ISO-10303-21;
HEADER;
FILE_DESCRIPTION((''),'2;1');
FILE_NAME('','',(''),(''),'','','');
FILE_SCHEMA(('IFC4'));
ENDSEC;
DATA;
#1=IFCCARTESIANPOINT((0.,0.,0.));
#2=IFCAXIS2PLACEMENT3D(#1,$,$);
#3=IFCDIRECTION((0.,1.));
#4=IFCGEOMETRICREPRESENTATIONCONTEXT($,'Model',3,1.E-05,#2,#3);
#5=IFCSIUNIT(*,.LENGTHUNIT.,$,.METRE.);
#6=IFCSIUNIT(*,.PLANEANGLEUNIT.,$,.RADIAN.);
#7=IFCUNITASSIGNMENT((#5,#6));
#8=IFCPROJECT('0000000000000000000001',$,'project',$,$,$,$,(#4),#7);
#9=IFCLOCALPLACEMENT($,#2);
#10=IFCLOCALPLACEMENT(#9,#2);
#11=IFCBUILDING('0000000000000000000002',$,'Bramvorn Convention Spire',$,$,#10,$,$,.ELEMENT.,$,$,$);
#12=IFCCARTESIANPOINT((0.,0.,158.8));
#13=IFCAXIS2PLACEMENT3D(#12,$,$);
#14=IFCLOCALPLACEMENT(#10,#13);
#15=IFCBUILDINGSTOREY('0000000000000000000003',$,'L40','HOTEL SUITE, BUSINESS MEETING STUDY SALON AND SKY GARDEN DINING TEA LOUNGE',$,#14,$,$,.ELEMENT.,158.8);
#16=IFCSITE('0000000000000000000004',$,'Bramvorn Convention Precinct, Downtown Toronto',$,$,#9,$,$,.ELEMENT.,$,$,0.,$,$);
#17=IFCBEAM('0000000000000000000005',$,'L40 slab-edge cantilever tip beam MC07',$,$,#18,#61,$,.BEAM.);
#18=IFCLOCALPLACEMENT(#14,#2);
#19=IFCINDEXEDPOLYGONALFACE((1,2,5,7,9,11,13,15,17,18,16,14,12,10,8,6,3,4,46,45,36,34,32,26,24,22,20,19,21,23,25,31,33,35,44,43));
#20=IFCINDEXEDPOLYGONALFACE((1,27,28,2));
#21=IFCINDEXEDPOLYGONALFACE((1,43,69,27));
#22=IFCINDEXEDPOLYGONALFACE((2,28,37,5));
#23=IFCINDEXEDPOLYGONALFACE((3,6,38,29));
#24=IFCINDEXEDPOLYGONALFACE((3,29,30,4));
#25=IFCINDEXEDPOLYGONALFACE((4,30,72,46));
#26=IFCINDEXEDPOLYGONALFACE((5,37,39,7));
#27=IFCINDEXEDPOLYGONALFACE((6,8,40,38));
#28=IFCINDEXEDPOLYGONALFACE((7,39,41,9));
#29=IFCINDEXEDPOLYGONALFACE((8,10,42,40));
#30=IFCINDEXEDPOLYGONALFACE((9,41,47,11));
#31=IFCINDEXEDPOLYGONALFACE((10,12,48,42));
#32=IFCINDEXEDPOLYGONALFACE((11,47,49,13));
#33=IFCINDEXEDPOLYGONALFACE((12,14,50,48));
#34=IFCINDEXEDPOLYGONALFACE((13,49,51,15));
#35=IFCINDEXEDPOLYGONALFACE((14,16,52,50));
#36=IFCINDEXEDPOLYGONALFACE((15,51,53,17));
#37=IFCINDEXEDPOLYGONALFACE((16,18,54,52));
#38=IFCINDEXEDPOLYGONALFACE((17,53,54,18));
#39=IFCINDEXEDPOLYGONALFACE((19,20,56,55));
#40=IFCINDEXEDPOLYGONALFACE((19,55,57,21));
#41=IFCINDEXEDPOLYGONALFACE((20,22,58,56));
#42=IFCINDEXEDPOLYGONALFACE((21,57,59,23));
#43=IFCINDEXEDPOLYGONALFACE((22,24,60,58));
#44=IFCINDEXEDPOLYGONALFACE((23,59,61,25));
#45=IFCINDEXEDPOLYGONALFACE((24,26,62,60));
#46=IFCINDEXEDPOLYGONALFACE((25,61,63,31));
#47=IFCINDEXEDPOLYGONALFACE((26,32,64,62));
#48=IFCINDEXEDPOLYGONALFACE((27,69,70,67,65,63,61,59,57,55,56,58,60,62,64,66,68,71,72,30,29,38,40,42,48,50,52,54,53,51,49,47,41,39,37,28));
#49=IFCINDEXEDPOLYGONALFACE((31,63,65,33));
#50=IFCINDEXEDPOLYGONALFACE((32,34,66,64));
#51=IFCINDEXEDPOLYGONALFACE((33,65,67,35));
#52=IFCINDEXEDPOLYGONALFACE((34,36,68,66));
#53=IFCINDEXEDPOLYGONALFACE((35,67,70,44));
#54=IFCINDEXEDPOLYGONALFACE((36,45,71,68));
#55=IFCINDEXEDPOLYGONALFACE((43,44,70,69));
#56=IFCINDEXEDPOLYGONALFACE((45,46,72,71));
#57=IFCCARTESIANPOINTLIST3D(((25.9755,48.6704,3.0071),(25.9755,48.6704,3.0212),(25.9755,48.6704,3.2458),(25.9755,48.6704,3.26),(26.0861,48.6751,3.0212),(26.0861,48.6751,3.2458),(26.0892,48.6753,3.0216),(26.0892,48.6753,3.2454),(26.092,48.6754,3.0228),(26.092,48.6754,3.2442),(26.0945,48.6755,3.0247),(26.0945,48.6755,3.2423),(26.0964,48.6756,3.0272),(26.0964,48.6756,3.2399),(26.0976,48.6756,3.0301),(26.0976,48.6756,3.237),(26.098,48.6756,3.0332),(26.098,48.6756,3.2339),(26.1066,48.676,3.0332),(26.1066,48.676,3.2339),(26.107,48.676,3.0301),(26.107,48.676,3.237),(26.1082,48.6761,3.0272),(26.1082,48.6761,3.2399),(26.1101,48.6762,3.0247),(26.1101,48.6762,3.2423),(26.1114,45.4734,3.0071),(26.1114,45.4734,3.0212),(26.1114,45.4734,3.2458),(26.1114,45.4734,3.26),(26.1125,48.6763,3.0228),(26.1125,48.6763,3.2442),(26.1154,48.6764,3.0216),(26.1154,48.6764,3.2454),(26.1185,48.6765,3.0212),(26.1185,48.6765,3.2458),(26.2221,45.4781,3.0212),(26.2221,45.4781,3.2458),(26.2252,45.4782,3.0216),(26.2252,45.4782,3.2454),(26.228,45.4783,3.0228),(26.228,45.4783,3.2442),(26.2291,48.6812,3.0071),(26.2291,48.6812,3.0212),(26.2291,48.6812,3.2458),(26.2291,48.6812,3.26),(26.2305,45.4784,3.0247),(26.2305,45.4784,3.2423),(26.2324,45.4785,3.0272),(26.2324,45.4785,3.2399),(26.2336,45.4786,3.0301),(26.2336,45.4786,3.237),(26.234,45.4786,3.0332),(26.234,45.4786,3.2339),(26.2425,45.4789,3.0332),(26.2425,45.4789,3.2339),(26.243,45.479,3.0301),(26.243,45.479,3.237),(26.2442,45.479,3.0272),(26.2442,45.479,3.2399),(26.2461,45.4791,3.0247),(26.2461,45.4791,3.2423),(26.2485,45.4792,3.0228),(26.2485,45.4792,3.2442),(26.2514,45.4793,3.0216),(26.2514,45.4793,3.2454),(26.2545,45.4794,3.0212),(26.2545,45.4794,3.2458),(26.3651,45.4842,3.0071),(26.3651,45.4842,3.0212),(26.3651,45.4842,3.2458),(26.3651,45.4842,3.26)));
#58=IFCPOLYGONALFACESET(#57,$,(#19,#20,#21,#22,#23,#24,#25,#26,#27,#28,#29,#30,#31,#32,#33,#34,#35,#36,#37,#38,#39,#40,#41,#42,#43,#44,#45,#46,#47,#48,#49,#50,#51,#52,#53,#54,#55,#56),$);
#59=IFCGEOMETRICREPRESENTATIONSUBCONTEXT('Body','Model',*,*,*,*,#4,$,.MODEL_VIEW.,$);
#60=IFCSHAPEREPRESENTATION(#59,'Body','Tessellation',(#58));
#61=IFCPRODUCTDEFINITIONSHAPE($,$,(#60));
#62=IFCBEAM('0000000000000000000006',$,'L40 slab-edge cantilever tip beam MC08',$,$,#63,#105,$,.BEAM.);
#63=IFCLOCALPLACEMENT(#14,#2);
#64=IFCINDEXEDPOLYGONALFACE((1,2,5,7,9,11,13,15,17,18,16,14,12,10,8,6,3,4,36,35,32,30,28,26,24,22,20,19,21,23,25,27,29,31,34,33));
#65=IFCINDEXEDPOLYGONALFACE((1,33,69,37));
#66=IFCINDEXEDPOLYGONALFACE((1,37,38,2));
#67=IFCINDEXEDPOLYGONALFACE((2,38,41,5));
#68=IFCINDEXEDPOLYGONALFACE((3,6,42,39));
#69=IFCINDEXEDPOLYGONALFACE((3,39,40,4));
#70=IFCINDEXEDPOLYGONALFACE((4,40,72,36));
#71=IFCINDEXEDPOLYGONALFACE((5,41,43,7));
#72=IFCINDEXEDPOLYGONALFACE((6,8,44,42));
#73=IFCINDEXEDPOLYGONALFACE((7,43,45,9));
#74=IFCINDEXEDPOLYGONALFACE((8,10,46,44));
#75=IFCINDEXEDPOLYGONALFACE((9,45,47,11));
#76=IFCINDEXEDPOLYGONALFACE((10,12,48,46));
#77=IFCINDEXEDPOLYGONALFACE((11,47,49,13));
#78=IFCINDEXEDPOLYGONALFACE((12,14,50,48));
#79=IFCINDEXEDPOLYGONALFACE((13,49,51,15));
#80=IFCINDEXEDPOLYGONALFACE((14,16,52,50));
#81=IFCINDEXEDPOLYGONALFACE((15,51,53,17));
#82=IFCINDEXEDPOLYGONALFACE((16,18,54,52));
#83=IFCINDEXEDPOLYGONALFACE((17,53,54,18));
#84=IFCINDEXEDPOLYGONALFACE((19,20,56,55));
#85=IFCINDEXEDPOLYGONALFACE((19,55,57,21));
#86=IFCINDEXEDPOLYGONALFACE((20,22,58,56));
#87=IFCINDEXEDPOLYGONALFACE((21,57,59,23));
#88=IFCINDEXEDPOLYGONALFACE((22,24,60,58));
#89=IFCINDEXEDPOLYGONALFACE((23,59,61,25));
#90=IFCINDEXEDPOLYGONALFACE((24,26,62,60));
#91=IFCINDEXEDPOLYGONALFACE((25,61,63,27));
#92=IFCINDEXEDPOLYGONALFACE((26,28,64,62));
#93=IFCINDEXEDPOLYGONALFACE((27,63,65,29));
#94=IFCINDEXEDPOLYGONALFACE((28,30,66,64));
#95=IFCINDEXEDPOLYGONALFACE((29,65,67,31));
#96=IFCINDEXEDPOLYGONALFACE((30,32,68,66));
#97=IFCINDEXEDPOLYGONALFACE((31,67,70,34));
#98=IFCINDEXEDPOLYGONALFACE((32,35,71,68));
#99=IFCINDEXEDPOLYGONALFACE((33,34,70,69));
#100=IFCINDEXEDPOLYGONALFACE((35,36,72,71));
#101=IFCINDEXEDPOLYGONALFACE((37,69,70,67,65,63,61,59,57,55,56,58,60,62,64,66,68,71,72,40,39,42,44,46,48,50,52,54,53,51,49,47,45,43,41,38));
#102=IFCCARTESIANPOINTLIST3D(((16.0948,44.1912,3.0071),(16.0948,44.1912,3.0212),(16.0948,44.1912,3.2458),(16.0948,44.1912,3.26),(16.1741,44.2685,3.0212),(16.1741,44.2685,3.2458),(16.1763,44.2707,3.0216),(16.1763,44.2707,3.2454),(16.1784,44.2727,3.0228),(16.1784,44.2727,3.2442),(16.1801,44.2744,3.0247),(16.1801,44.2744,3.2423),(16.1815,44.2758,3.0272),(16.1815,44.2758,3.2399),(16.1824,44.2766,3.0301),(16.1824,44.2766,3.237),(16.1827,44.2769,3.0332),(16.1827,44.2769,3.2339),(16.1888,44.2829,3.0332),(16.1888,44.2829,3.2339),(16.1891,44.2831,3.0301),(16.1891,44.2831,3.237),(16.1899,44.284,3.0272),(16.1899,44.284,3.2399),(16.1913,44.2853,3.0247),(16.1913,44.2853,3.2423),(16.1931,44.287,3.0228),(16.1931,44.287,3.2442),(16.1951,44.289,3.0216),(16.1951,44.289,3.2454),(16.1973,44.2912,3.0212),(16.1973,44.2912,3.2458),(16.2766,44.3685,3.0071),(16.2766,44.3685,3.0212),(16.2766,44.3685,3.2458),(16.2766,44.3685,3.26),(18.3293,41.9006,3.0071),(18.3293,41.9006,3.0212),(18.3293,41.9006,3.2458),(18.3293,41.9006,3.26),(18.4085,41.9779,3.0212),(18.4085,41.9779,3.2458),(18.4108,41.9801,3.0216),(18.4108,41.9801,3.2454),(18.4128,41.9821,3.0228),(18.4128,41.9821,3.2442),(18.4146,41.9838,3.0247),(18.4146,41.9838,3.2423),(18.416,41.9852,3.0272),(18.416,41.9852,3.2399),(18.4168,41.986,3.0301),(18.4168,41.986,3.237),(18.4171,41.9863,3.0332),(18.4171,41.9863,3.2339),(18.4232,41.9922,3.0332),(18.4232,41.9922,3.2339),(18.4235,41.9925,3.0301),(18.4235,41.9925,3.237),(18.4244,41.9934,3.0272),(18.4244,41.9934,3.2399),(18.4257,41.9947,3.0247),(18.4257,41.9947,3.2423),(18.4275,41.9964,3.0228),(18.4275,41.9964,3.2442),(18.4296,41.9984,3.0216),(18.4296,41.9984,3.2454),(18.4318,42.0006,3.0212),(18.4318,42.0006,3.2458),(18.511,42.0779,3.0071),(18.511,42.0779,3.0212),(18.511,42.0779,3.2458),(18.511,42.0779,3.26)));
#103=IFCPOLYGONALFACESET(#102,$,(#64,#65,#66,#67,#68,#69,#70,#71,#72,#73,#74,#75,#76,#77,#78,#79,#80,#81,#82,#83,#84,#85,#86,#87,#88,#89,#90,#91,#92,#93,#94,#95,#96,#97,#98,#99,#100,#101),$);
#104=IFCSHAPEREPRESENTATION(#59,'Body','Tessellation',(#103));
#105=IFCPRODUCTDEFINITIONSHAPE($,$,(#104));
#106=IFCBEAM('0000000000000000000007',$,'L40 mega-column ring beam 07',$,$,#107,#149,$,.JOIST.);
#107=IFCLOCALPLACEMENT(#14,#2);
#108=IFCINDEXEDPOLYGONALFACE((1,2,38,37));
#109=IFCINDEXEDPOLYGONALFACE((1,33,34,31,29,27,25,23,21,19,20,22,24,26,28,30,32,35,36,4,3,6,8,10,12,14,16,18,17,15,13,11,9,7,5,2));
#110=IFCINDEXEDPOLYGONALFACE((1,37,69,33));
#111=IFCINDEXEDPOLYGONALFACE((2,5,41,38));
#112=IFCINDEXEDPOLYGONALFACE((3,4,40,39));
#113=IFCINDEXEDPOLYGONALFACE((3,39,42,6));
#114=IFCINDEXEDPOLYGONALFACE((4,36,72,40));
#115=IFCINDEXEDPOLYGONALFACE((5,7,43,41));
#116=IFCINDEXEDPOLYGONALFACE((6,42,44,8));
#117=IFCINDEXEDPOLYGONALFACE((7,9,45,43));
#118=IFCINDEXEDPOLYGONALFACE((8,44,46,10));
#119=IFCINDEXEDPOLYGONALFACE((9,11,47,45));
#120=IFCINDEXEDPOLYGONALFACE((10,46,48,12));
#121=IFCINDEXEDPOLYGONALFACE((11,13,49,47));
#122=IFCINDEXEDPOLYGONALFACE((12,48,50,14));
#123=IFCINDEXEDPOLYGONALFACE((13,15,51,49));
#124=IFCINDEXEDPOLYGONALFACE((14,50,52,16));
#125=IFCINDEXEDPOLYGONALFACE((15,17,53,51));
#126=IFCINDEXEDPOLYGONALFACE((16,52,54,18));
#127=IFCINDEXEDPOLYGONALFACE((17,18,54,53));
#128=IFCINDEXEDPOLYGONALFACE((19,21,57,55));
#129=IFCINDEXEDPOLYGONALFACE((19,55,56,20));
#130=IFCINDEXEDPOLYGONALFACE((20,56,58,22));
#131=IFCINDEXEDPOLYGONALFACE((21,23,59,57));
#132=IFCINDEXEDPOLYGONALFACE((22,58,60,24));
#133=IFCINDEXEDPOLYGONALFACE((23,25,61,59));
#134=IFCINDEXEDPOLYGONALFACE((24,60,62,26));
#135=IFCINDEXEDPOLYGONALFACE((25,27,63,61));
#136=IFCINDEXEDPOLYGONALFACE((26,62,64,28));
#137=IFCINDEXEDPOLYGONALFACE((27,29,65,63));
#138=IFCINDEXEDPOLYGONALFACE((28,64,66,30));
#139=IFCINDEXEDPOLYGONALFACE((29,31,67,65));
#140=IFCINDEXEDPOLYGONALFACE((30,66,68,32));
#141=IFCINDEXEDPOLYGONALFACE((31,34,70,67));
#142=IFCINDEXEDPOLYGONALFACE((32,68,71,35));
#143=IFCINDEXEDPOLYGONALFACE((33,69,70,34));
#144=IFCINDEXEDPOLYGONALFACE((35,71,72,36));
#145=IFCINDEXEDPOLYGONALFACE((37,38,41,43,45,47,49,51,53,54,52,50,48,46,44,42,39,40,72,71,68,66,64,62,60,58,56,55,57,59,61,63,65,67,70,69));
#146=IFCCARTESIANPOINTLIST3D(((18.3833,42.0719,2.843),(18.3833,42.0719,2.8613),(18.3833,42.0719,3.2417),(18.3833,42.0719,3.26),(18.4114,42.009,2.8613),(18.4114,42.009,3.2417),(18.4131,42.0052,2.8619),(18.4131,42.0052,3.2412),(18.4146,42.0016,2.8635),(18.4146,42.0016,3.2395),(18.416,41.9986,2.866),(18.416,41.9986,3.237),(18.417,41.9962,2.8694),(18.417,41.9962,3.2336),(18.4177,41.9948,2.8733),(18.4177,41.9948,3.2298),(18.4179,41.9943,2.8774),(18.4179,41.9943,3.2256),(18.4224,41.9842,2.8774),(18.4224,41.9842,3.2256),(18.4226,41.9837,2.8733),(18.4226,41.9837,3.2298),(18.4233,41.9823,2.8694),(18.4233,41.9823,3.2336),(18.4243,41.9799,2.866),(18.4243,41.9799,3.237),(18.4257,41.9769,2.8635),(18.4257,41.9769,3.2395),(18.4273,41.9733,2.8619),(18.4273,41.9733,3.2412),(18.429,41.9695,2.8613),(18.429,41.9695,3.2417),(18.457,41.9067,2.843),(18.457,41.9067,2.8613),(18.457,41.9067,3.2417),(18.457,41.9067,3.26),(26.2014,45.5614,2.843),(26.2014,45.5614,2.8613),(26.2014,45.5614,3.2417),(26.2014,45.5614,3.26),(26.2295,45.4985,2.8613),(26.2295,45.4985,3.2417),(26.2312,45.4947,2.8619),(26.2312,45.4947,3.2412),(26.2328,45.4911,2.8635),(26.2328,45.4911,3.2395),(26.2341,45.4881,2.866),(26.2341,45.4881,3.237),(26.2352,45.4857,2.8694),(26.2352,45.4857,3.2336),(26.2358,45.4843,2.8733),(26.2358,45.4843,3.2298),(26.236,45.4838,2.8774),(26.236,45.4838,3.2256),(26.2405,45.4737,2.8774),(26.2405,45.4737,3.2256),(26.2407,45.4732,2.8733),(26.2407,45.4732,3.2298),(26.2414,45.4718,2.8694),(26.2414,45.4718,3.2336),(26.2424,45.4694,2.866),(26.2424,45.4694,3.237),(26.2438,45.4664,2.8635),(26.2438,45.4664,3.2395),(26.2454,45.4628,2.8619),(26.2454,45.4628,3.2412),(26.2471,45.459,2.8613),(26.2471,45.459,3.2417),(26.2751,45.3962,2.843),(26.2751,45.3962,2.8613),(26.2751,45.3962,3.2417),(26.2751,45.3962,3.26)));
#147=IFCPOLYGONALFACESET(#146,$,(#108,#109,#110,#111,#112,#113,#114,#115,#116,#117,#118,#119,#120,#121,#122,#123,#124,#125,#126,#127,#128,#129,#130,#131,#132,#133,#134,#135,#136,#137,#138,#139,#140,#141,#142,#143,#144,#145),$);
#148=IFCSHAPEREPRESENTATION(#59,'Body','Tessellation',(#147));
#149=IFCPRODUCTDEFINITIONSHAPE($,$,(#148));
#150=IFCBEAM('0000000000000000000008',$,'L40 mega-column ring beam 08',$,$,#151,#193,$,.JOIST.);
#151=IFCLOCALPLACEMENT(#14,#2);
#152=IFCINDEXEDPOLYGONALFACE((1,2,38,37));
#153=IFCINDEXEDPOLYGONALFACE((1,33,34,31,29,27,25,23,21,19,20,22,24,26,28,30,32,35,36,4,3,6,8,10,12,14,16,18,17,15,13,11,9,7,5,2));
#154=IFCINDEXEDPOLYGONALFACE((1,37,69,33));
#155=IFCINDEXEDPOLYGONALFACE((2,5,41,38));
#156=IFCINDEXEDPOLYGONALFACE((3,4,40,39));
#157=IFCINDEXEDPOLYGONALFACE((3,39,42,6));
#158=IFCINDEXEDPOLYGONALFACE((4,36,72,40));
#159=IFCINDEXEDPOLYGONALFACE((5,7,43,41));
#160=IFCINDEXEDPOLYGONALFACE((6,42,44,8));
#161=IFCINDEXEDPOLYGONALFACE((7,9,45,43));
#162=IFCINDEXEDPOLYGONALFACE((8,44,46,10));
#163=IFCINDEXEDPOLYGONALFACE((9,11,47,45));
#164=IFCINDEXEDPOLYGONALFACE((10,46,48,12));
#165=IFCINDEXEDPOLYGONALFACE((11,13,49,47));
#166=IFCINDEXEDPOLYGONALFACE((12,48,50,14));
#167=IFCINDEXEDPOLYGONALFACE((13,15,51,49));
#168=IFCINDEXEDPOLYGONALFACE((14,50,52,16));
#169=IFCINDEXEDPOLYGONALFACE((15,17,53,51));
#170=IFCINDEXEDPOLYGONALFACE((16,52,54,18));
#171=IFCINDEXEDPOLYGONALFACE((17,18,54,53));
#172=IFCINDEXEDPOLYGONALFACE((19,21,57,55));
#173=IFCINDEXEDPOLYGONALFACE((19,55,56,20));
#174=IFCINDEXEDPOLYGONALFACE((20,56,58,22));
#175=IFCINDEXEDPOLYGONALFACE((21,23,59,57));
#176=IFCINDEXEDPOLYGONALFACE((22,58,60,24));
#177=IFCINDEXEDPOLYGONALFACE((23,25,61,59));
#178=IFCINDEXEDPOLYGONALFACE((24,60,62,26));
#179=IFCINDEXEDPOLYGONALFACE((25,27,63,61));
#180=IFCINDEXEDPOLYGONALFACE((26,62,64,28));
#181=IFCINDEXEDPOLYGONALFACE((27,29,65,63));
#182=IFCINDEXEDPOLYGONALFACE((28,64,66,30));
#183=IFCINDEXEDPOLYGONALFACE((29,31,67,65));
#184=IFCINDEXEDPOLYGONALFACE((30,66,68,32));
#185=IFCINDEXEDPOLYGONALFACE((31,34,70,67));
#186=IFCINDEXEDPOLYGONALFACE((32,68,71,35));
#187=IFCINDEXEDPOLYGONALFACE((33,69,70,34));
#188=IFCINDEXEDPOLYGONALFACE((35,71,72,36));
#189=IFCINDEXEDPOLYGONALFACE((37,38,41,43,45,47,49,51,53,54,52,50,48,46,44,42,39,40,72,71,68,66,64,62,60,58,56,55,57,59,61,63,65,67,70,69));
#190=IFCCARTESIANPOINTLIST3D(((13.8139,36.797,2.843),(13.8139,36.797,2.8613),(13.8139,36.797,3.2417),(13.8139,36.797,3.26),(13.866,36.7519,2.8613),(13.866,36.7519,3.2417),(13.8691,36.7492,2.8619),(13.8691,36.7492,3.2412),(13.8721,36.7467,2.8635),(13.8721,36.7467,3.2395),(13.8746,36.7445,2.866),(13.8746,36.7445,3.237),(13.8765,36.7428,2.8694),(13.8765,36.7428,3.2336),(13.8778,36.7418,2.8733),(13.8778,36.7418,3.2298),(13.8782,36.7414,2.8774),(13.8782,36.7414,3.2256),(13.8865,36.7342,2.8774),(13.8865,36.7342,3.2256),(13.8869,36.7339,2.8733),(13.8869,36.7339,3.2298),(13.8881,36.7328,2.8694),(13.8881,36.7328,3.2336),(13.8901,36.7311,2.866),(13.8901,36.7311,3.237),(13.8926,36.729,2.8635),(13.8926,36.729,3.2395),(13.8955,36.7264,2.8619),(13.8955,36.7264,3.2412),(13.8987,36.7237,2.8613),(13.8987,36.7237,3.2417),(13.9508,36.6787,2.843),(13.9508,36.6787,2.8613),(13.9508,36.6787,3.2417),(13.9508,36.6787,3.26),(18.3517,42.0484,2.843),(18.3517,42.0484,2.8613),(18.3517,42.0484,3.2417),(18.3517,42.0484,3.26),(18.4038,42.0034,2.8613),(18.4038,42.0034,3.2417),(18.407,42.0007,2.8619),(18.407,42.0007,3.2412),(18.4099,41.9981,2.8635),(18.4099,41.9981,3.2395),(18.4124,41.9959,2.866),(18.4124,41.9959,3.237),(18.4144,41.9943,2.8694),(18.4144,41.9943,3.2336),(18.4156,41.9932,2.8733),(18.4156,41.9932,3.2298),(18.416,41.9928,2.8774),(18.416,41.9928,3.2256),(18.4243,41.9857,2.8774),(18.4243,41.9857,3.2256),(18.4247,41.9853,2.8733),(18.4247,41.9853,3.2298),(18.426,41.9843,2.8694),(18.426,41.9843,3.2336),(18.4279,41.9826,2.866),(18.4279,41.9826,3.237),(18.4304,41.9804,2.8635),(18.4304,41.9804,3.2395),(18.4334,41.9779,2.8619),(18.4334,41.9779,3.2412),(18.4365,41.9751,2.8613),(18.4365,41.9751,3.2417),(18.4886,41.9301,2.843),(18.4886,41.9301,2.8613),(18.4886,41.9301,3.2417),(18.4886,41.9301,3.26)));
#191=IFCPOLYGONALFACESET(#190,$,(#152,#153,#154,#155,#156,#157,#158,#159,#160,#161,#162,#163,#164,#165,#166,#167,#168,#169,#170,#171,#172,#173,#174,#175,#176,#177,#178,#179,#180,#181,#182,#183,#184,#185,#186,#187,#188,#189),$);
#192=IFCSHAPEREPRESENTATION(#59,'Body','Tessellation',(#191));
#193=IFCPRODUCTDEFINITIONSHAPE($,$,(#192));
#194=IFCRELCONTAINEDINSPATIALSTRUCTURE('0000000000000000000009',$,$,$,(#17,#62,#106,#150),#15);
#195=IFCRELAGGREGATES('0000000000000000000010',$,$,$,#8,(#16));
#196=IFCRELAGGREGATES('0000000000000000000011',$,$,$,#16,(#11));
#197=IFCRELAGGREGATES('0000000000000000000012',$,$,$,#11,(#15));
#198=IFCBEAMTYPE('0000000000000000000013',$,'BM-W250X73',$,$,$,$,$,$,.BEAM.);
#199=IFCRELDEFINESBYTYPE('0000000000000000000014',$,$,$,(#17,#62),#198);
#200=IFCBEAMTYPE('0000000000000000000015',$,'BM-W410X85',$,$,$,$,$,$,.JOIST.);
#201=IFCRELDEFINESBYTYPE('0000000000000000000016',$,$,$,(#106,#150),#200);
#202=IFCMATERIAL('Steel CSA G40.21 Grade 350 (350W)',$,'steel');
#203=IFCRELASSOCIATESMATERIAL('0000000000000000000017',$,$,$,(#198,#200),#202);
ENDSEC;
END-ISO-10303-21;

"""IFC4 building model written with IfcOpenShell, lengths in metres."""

from ifc_helpers import new_model, si_unit, direction, frame, origin, origin_2d, place, context, subcontext, project, spatial, i_section, extrude, material, material_profile, profile_set, type_object, element, save


model = new_model("IFC4")

# Units and contexts
model_context = context("Model", 3, precision=1e-05, world=origin(), true_north=direction((0.0, 1.0)))
body_context = subcontext(model_context, "Body", "Model", "MODEL_VIEW")
ifc_project = project(units=[si_unit("LENGTHUNIT", "METRE"), si_unit("PLANEANGLEUNIT", "RADIAN")], contexts=[model_context])

# Site, building, storey
site_placement = place(None, origin())
site = spatial("IfcSite", under=ifc_project, at=site_placement, Name="Bramvorn Convention Precinct, Downtown Toronto", CompositionType="ELEMENT", RefElevation=0.0)
building_placement = place(site_placement, origin())
building = spatial("IfcBuilding", under=site, at=building_placement, Name="Bramvorn Convention Spire", CompositionType="ELEMENT")
storey_placement = place(building_placement, frame((0.0, 0.0, 158.8)))
storey = spatial("IfcBuildingStorey", under=building, at=storey_placement, Name="L40", Description="HOTEL SUITE, BUSINESS MEETING STUDY SALON AND SKY GARDEN DINING TEA LOUNGE", CompositionType="ELEMENT", Elevation=158.8)

# Shared definitions
ifc_material_1 = material(Name="Steel CSA G40.21 Grade 350 (350W)", Category="steel")

# Beams
ifc_material_profile_1 = material_profile(ifc_material_1, i_section(OverallWidth=0.2539, OverallDepth=0.2529, WebThickness=0.0085, FlangeThickness=0.0142, FilletRadius=0.012, at=origin_2d()))
ifc_profile_set_1 = profile_set([ifc_material_profile_1], Name="Steel CSA G40.21 Grade 350 (350W) - W250X73")
beam_type_1 = type_object("IfcBeamType", Name="BM-W250X73", PredefinedType="BEAM", material=ifc_profile_set_1)
for number, where, z_axis, x_axis, name in (
    (1, (26.2383, 45.4788, 3.1335), (-0.042497, 0.999097, 0.0), (-0.999097, -0.042497, 0.0), "L40 slab-edge cantilever tip beam MC07"),
    (2, (18.4202, 41.9893, 3.1335), (-0.698278, 0.715827, 0.0), (-0.715827, -0.698278, 0.0), "L40 slab-edge cantilever tip beam MC08"),
):
    element("IfcBeam", number, at=place(storey_placement, frame(where, z_axis=z_axis, x_axis=x_axis)), inside=storey, type_object=beam_type_1, Name=name, PredefinedType="BEAM", context=body_context, shape_type="SweptSolid", body=[
        extrude(i_section(OverallWidth=0.2539, OverallDepth=0.2529, WebThickness=0.0085, FlangeThickness=0.0142, FilletRadius=0.012, at=origin_2d()), origin(), (0.0, 0.0, 1.0), 3.2),
    ])
ifc_material_profile_2 = material_profile(ifc_material_1, i_section(OverallWidth=0.1809, OverallDepth=0.417, WebThickness=0.011, FlangeThickness=0.0183, FilletRadius=0.0161, at=origin_2d()))
ifc_profile_set_2 = profile_set([ifc_material_profile_2], Name="Steel CSA G40.21 Grade 350 (350W) - W410X85")
beam_type_2 = type_object("IfcBeamType", Name="BM-W410X85", PredefinedType="JOIST", material=ifc_profile_set_2)
beam_1_placement = place(storey_placement, frame((26.2383, 45.4788, 3.0515), z_axis=(-0.91317, -0.40758, 0.0), x_axis=(0.40758, -0.91317, 0.0)))
element("IfcBeam", 3, at=beam_1_placement, inside=storey, type_object=beam_type_2, Name="L40 mega-column ring beam 07", PredefinedType="JOIST", context=body_context, shape_type="SweptSolid", body=[
    extrude(i_section(OverallWidth=0.1809, OverallDepth=0.417, WebThickness=0.011, FlangeThickness=0.0183, FilletRadius=0.0161, at=origin_2d()), origin(), (0.0, 0.0, 1.0), 8.5615),
])
beam_2_placement = place(storey_placement, frame((18.4202, 41.9893, 3.0515), z_axis=(-0.653825, -0.756646, 0.0), x_axis=(0.756646, -0.653825, 0.0)))
element("IfcBeam", 4, at=beam_2_placement, inside=storey, type_object=beam_type_2, Name="L40 mega-column ring beam 08", PredefinedType="JOIST", context=body_context, shape_type="SweptSolid", body=[
    extrude(i_section(OverallWidth=0.1809, OverallDepth=0.417, WebThickness=0.011, FlangeThickness=0.0183, FilletRadius=0.0161, at=origin_2d()), origin(), (0.0, 0.0, 1.0), 6.9404),
])

save(model, "model.ifc")
